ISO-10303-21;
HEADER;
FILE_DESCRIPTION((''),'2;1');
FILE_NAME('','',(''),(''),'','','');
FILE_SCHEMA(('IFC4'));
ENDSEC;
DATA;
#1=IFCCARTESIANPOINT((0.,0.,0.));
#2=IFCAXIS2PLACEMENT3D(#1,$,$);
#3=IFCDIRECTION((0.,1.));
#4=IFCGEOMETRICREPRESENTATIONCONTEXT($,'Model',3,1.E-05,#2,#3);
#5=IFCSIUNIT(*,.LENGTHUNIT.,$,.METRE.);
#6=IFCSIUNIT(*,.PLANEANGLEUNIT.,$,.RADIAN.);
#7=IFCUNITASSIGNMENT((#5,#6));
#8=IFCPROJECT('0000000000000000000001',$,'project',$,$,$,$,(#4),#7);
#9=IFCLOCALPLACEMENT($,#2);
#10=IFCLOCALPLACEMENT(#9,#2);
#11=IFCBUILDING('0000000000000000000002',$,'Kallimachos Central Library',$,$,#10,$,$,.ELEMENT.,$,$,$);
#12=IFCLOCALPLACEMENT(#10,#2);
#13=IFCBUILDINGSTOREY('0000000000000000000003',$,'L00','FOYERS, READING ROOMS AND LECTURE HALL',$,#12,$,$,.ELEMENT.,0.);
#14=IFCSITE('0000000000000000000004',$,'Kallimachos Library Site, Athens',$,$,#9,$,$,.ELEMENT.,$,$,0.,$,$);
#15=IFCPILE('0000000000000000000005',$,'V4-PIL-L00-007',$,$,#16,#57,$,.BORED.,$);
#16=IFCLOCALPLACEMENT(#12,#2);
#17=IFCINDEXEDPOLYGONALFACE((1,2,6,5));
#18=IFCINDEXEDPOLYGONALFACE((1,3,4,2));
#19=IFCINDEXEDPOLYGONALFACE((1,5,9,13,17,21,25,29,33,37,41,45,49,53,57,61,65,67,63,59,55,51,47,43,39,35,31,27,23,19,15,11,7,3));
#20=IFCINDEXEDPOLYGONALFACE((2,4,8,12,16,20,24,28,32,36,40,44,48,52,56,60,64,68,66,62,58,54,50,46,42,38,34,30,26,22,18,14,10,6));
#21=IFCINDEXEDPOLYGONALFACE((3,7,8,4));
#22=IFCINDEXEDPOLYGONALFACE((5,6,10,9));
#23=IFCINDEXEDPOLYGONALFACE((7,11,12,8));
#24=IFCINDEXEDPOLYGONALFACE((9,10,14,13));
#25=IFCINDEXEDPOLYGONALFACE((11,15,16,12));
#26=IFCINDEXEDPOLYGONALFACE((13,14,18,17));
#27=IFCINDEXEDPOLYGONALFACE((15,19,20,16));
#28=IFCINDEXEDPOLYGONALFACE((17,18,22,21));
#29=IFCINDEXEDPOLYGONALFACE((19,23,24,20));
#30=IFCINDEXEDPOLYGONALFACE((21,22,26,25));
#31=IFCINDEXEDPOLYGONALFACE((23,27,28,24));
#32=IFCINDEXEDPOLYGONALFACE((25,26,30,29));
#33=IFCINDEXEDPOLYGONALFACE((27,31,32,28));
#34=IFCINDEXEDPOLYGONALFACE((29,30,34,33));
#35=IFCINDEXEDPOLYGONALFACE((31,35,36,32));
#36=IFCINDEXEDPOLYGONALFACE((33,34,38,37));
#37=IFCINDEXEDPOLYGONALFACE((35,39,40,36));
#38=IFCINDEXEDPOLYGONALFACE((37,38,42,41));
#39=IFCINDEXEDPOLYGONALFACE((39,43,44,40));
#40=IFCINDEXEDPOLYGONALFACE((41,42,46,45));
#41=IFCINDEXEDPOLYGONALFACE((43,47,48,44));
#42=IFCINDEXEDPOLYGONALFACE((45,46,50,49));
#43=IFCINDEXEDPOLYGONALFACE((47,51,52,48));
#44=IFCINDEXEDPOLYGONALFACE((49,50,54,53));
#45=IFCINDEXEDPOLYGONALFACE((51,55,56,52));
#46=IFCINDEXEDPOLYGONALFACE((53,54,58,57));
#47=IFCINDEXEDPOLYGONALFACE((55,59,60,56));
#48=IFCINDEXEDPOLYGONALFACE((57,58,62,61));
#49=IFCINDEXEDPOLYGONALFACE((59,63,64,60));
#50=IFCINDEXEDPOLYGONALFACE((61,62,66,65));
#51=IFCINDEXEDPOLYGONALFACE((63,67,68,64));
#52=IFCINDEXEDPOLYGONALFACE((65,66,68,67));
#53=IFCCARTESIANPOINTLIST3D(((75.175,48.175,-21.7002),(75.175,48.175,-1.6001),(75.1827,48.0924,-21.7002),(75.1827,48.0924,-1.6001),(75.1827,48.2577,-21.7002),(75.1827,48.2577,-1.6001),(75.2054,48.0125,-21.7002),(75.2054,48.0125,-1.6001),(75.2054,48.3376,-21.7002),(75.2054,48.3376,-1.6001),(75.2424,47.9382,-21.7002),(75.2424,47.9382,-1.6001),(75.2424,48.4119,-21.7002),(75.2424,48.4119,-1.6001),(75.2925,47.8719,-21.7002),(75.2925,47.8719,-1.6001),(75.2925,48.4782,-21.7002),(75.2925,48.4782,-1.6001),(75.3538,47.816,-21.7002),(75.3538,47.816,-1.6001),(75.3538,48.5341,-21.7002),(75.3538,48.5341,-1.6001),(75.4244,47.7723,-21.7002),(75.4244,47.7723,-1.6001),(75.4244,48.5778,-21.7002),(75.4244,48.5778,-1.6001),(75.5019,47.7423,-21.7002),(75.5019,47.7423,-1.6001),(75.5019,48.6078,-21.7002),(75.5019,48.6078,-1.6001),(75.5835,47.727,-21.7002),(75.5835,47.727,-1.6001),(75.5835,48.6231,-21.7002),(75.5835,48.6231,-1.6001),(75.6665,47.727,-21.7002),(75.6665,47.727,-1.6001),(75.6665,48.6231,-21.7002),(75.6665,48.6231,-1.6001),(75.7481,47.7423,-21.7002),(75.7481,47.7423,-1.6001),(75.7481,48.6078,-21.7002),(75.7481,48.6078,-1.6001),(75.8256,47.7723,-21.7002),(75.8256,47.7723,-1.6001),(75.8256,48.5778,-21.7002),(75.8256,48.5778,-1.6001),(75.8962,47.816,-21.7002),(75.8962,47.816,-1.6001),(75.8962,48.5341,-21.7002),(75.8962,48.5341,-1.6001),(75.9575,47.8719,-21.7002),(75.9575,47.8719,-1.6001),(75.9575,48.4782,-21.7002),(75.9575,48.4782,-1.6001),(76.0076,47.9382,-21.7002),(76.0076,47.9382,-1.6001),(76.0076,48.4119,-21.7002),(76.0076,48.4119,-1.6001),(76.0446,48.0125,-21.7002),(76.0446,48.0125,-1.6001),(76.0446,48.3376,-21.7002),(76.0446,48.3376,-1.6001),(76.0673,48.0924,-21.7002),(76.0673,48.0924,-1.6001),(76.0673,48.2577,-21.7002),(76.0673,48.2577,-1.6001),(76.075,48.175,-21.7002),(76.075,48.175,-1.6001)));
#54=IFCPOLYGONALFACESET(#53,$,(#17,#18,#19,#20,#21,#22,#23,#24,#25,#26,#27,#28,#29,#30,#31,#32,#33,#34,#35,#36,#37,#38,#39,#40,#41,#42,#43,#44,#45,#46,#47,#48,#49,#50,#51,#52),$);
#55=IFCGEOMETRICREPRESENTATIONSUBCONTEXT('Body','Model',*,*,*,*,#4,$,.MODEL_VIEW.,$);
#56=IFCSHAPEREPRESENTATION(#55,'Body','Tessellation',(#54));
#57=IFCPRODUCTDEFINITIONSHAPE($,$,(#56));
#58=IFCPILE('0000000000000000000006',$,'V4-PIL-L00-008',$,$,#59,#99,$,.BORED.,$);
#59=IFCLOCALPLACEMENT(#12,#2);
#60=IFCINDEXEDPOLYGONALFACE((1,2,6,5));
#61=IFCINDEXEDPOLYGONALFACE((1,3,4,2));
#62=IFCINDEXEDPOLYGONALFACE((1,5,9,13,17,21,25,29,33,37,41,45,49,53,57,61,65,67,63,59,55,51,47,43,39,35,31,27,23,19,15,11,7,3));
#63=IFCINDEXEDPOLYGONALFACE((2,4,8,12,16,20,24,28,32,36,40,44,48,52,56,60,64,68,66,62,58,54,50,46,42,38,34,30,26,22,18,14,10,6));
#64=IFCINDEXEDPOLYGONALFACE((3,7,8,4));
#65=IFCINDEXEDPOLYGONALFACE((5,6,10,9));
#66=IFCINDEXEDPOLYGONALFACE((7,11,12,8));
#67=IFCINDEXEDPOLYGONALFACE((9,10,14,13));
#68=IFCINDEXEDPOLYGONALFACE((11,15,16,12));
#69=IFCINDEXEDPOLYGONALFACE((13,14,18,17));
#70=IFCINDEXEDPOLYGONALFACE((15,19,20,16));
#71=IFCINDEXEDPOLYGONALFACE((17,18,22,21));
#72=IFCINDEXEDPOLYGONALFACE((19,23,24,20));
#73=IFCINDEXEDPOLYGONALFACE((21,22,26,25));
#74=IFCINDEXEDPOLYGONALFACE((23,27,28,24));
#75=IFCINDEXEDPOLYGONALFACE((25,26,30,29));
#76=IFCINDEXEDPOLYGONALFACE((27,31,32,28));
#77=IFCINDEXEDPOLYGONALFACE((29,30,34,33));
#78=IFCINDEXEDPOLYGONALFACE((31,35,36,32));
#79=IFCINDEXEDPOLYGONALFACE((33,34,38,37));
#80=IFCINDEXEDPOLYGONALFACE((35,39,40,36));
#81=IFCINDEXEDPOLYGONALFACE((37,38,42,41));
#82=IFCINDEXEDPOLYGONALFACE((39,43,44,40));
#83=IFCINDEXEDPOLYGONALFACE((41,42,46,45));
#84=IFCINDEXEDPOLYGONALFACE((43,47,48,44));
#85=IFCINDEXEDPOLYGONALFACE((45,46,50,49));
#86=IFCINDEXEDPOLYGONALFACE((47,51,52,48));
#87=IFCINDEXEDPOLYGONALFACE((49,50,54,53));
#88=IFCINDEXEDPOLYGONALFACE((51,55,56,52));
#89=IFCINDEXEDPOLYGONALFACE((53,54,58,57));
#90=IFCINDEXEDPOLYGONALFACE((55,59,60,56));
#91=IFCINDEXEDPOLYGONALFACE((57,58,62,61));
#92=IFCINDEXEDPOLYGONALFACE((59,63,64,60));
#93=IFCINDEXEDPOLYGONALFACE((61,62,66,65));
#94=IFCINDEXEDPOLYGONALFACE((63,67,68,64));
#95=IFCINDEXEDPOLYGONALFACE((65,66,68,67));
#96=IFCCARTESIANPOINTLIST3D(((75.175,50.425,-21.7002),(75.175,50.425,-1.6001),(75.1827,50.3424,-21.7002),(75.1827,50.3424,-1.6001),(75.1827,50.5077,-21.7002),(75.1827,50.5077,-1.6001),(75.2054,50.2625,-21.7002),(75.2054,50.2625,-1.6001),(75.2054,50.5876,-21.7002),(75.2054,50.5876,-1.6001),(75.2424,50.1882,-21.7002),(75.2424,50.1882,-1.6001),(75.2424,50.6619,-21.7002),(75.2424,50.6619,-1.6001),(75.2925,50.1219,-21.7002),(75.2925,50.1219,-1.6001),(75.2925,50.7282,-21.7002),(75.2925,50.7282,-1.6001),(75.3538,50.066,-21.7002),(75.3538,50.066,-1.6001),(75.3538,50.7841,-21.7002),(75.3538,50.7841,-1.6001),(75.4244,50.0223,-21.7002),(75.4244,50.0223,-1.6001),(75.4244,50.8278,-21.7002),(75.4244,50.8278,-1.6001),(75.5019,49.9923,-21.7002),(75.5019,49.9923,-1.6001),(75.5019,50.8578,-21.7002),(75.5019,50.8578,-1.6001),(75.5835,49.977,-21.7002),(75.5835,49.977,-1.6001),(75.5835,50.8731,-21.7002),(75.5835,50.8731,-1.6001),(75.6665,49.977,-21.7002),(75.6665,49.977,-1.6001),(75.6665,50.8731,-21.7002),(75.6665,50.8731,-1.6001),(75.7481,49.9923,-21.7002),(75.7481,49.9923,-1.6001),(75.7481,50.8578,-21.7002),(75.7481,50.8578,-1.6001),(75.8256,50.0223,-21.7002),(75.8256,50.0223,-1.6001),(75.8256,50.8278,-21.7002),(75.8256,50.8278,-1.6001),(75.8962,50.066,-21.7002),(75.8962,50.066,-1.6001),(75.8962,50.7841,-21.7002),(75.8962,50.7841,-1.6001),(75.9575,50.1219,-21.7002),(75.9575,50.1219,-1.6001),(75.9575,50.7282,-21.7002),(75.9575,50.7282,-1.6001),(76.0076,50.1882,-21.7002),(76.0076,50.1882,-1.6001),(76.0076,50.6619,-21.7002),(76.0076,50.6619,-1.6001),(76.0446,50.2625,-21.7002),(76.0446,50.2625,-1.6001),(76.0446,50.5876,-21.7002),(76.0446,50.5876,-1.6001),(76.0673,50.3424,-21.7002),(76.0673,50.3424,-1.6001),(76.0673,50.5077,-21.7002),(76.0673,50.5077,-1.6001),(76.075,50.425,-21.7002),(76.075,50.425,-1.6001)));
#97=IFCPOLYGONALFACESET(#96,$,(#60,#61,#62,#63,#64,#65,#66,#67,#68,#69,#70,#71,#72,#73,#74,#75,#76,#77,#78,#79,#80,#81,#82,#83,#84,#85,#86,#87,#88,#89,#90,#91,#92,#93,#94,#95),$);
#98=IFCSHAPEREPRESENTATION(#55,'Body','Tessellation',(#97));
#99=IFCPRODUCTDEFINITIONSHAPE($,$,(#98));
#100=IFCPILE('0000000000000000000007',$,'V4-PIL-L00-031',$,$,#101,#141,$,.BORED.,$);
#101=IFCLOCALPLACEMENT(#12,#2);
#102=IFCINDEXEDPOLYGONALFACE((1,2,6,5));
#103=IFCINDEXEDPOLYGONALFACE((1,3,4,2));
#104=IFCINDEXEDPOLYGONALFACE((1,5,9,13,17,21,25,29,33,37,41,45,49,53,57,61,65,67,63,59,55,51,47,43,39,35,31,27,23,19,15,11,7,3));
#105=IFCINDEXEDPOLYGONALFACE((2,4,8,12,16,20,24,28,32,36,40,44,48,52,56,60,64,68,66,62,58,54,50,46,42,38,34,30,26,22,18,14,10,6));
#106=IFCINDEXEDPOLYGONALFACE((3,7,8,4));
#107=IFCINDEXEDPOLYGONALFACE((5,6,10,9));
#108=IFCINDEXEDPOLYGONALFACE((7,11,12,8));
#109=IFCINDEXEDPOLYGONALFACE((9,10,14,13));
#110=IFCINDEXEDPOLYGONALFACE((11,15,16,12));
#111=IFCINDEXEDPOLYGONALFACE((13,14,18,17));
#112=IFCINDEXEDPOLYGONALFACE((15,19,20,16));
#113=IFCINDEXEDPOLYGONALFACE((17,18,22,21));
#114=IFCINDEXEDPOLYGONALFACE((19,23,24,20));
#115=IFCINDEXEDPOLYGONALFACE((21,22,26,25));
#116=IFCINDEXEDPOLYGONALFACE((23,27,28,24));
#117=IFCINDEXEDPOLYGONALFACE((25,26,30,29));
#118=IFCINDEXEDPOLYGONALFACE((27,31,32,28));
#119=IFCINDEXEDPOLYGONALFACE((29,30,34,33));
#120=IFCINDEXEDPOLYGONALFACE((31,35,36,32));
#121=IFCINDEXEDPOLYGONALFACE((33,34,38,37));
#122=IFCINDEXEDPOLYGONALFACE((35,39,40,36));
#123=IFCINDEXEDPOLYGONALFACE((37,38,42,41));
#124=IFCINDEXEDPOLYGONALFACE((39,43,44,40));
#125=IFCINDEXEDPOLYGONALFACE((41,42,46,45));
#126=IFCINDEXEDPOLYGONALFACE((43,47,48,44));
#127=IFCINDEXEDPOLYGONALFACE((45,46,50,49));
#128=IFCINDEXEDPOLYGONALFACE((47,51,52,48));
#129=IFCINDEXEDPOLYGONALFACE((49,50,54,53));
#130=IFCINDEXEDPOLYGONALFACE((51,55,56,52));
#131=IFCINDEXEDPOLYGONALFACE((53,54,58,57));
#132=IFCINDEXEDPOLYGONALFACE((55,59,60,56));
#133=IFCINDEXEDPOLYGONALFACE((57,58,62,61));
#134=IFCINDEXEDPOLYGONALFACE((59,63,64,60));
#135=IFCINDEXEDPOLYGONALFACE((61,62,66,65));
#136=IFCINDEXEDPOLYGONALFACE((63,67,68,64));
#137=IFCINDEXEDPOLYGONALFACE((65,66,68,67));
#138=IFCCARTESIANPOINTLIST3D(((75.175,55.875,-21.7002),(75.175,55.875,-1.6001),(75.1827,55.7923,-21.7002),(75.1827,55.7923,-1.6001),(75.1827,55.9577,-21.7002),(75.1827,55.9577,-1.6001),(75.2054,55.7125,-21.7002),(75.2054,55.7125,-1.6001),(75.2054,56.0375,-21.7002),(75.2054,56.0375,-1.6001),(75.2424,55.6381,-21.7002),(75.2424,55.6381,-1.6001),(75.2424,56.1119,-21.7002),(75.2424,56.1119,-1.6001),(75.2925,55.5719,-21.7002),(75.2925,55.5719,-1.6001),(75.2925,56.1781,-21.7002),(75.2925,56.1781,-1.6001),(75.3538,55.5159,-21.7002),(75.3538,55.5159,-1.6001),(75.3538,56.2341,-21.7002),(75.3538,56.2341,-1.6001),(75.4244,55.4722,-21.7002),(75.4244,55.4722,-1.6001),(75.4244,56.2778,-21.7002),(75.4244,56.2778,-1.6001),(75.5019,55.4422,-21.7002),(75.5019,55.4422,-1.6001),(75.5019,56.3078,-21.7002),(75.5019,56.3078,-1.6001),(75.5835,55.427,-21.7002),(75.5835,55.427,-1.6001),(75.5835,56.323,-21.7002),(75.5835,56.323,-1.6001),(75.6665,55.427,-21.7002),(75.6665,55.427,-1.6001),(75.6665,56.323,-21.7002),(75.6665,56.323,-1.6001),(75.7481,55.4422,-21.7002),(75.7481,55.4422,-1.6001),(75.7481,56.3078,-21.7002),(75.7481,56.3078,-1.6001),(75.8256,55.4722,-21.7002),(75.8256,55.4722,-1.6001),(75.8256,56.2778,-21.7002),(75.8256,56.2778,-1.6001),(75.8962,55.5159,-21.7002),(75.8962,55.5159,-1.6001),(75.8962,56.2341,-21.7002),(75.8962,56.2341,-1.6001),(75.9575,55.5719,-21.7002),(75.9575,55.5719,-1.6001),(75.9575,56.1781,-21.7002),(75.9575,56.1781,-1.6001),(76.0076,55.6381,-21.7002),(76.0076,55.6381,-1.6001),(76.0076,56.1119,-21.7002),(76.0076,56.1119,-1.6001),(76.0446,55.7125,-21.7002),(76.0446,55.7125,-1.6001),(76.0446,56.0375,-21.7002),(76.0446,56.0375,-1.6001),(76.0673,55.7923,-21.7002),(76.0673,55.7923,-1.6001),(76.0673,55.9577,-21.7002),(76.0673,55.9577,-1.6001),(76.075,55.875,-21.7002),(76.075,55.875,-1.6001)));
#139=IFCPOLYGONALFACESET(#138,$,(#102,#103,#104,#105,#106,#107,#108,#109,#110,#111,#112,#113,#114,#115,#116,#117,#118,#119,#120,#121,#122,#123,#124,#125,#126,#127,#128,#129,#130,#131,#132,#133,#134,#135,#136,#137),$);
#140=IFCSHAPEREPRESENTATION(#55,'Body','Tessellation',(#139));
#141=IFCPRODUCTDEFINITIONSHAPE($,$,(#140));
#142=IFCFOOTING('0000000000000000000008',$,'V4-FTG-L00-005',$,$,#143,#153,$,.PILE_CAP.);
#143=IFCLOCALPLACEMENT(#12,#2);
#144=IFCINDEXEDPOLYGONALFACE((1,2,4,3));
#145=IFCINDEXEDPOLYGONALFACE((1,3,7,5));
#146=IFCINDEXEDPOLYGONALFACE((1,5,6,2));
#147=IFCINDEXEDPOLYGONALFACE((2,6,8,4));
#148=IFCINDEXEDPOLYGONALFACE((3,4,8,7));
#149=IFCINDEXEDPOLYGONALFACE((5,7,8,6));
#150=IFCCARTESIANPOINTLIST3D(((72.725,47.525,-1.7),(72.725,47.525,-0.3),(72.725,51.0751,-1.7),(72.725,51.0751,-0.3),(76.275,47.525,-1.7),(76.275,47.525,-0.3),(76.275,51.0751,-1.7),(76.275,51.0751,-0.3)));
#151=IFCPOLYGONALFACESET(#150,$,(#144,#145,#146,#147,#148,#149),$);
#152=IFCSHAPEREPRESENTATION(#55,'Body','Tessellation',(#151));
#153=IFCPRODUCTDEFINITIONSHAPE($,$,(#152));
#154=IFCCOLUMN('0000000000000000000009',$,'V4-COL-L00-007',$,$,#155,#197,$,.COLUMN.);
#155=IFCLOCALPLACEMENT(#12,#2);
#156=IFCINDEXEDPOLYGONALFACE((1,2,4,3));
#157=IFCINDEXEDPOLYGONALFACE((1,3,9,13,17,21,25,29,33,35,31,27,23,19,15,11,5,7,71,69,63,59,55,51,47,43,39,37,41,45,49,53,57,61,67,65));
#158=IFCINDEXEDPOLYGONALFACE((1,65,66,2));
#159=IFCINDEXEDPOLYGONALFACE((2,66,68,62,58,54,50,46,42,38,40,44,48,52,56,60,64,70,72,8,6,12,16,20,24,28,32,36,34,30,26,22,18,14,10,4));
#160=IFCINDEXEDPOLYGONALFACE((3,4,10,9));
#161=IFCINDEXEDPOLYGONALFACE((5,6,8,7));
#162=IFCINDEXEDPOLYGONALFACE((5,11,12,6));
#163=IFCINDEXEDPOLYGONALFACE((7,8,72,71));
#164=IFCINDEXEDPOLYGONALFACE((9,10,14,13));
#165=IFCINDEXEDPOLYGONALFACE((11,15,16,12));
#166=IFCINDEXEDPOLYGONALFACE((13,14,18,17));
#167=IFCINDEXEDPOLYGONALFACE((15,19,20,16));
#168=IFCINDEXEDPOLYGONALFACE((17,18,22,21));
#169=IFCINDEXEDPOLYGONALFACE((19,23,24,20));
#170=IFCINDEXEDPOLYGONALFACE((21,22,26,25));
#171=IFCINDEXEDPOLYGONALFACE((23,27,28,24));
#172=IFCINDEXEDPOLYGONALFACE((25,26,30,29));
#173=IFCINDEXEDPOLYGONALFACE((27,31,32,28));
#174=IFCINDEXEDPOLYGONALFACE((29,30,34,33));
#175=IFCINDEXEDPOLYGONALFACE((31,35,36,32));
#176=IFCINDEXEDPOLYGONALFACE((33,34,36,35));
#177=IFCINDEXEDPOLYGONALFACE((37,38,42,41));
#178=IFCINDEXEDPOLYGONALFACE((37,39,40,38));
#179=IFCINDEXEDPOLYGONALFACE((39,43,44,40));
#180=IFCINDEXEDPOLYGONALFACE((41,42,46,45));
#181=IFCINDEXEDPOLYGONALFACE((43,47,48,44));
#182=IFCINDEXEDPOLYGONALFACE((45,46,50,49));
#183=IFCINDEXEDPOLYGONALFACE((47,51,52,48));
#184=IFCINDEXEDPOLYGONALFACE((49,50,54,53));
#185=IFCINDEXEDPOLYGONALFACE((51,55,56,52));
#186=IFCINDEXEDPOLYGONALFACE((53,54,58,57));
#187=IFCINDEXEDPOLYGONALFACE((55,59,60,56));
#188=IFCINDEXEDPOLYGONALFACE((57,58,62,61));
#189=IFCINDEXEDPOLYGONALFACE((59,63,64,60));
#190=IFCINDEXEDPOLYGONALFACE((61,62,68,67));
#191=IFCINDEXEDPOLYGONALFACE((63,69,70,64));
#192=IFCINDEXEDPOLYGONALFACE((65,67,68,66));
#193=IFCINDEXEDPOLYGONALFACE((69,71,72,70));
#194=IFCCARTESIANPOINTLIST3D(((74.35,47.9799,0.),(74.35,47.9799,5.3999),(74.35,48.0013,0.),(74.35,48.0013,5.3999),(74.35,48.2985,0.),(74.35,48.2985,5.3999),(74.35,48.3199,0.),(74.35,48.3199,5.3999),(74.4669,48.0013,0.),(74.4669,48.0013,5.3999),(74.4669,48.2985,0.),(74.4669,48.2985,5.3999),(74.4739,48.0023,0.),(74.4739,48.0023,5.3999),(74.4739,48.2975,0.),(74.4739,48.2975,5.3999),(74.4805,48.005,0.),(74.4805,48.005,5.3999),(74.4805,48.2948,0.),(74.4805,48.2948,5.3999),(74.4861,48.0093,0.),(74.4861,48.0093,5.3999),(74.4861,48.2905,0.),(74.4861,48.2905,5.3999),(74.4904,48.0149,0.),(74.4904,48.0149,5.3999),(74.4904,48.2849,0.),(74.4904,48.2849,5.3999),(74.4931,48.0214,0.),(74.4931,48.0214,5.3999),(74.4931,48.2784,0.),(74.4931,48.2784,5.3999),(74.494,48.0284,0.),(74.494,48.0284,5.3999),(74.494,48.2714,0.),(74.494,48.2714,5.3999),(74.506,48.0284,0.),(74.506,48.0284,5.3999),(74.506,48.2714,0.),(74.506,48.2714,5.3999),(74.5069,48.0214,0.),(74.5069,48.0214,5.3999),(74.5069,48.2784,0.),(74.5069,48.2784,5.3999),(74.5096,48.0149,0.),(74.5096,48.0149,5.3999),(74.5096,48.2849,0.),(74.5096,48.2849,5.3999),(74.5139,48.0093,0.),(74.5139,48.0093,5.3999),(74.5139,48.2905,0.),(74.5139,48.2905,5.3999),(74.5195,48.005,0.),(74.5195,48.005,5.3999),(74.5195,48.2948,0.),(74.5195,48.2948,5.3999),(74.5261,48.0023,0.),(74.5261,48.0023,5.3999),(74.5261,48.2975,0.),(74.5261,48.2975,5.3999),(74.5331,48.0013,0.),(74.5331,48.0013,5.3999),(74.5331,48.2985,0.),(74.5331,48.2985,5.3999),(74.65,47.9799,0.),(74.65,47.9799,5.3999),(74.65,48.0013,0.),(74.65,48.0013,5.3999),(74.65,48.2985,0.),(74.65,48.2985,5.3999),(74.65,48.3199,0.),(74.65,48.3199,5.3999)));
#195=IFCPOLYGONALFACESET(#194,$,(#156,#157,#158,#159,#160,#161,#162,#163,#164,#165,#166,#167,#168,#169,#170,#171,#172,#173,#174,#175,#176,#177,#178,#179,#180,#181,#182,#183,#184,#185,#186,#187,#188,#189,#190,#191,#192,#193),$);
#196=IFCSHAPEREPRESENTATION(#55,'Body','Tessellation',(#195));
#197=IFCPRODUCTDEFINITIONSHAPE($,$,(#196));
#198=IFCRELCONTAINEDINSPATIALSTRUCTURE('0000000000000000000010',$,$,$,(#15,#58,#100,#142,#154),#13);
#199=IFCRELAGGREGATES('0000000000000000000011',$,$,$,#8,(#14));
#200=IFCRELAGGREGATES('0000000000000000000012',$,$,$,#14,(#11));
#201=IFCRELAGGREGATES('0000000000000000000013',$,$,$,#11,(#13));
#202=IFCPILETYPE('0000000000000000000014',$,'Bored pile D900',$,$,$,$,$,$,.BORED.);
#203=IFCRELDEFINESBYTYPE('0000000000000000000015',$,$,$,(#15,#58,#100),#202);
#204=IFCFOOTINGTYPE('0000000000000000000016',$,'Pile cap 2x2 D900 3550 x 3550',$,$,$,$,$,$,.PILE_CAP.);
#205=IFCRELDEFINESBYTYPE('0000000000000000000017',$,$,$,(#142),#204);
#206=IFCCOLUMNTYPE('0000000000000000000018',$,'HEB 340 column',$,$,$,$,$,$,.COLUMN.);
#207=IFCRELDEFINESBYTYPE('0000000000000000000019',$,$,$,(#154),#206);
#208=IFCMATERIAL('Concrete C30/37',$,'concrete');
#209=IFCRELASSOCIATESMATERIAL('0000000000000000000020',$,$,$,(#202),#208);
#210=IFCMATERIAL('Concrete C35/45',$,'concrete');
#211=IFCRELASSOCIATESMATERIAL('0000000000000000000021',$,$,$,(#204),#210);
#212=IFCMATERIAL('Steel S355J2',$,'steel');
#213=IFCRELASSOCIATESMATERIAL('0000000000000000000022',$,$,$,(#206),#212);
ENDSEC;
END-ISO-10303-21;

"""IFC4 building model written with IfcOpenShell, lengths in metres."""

from ifc_helpers import new_model, si_unit, direction, frame, origin, origin_2d, place, context, subcontext, project, spatial, rectangle, circle, i_section, extrude, material, material_profile, profile_set, type_object, element, save


model = new_model("IFC4")

# Units and contexts
model_context = context("Model", 3, precision=1e-05, world=origin(), true_north=direction((0.0, 1.0)))
body_context = subcontext(model_context, "Body", "Model", "MODEL_VIEW")
ifc_project = project(units=[si_unit("LENGTHUNIT", "METRE"), si_unit("PLANEANGLEUNIT", "RADIAN")], contexts=[model_context])

# Site, building, storey
site_placement = place(None, origin())
site = spatial("IfcSite", under=ifc_project, at=site_placement, Name="Kallimachos Library Site, Athens", CompositionType="ELEMENT", RefElevation=0.0)
building_placement = place(site_placement, origin())
building = spatial("IfcBuilding", under=site, at=building_placement, Name="Kallimachos Central Library", CompositionType="ELEMENT")
storey_placement = place(building_placement, origin())
storey = spatial("IfcBuildingStorey", under=building, at=storey_placement, Name="L00", Description="FOYERS, READING ROOMS AND LECTURE HALL", CompositionType="ELEMENT", Elevation=0.0)

# Piles
ifc_material_1 = material(Name="Concrete C30/37", Category="concrete")
pile_type = type_object("IfcPileType", Name="Bored pile D900", PredefinedType="BORED", material=ifc_material_1)
for number, where, z_axis, x_axis, name in (
    (1, (75.625, 48.175, -1.6001), (0.0, 0.0, -1.0), (1.0, 0.0, 0.0), "V4-PIL-L00-007"),
    (2, (75.625, 50.425, -1.6001), (0.0, 0.0, -1.0), (1.0, 0.0, 0.0), "V4-PIL-L00-008"),
    (3, (75.625, 55.875, -1.6001), (0.0, 0.0, -1.0), (1.0, 0.0, 0.0), "V4-PIL-L00-031"),
):
    element("IfcPile", number, at=place(storey_placement, frame(where, z_axis=z_axis, x_axis=x_axis)), inside=storey, type_object=pile_type, Name=name, PredefinedType="BORED", context=body_context, shape_type="SweptSolid", body=[
        extrude(circle(Radius=0.45, at=origin_2d()), origin(), (0.0, 0.0, 1.0), 20.1001),
    ])

# Footing
ifc_material_2 = material(Name="Concrete C35/45", Category="concrete")
footing_type = type_object("IfcFootingType", Name="Pile cap 2x2 D900 3550 x 3550", PredefinedType="PILE_CAP", material=ifc_material_2)
footing_placement = place(storey_placement, frame((74.5, 49.3, -1.7), z_axis=(0.0, 0.0, 1.0), x_axis=(1.0, 0.0, 0.0)))
element("IfcFooting", 4, at=footing_placement, inside=storey, type_object=footing_type, Name="V4-FTG-L00-005", PredefinedType="PILE_CAP", context=body_context, shape_type="SweptSolid", body=[
    extrude(rectangle(XDim=3.55, YDim=3.55, at=origin_2d()), origin(), (0.0, 0.0, 1.0), 1.3999),
])

# Column
ifc_material_3 = material(Name="Steel S355J2", Category="steel")
ifc_material_profile_1 = material_profile(ifc_material_3, i_section(OverallWidth=0.3, OverallDepth=0.3401, WebThickness=0.012, FlangeThickness=0.0215, FilletRadius=0.0271, at=origin_2d()), Name="HEB 340")
ifc_profile_set_1 = profile_set([ifc_material_profile_1], Name="Steel S355J2")
column_type = type_object("IfcColumnType", Name="HEB 340 column", PredefinedType="COLUMN", material=ifc_profile_set_1)
column_placement = place(storey_placement, frame((74.5, 48.1499, 0.0), z_axis=(0.0, 0.0, 1.0), x_axis=(1.0, 0.0, 0.0)))
element("IfcColumn", 5, at=column_placement, inside=storey, type_object=column_type, Name="V4-COL-L00-007", PredefinedType="COLUMN", context=body_context, shape_type="SweptSolid", body=[
    extrude(i_section(OverallWidth=0.3, OverallDepth=0.3401, WebThickness=0.012, FlangeThickness=0.0215, FilletRadius=0.0271, at=origin_2d()), origin(), (0.0, 0.0, 1.0), 5.3999),
])

save(model, "model.ifc")
